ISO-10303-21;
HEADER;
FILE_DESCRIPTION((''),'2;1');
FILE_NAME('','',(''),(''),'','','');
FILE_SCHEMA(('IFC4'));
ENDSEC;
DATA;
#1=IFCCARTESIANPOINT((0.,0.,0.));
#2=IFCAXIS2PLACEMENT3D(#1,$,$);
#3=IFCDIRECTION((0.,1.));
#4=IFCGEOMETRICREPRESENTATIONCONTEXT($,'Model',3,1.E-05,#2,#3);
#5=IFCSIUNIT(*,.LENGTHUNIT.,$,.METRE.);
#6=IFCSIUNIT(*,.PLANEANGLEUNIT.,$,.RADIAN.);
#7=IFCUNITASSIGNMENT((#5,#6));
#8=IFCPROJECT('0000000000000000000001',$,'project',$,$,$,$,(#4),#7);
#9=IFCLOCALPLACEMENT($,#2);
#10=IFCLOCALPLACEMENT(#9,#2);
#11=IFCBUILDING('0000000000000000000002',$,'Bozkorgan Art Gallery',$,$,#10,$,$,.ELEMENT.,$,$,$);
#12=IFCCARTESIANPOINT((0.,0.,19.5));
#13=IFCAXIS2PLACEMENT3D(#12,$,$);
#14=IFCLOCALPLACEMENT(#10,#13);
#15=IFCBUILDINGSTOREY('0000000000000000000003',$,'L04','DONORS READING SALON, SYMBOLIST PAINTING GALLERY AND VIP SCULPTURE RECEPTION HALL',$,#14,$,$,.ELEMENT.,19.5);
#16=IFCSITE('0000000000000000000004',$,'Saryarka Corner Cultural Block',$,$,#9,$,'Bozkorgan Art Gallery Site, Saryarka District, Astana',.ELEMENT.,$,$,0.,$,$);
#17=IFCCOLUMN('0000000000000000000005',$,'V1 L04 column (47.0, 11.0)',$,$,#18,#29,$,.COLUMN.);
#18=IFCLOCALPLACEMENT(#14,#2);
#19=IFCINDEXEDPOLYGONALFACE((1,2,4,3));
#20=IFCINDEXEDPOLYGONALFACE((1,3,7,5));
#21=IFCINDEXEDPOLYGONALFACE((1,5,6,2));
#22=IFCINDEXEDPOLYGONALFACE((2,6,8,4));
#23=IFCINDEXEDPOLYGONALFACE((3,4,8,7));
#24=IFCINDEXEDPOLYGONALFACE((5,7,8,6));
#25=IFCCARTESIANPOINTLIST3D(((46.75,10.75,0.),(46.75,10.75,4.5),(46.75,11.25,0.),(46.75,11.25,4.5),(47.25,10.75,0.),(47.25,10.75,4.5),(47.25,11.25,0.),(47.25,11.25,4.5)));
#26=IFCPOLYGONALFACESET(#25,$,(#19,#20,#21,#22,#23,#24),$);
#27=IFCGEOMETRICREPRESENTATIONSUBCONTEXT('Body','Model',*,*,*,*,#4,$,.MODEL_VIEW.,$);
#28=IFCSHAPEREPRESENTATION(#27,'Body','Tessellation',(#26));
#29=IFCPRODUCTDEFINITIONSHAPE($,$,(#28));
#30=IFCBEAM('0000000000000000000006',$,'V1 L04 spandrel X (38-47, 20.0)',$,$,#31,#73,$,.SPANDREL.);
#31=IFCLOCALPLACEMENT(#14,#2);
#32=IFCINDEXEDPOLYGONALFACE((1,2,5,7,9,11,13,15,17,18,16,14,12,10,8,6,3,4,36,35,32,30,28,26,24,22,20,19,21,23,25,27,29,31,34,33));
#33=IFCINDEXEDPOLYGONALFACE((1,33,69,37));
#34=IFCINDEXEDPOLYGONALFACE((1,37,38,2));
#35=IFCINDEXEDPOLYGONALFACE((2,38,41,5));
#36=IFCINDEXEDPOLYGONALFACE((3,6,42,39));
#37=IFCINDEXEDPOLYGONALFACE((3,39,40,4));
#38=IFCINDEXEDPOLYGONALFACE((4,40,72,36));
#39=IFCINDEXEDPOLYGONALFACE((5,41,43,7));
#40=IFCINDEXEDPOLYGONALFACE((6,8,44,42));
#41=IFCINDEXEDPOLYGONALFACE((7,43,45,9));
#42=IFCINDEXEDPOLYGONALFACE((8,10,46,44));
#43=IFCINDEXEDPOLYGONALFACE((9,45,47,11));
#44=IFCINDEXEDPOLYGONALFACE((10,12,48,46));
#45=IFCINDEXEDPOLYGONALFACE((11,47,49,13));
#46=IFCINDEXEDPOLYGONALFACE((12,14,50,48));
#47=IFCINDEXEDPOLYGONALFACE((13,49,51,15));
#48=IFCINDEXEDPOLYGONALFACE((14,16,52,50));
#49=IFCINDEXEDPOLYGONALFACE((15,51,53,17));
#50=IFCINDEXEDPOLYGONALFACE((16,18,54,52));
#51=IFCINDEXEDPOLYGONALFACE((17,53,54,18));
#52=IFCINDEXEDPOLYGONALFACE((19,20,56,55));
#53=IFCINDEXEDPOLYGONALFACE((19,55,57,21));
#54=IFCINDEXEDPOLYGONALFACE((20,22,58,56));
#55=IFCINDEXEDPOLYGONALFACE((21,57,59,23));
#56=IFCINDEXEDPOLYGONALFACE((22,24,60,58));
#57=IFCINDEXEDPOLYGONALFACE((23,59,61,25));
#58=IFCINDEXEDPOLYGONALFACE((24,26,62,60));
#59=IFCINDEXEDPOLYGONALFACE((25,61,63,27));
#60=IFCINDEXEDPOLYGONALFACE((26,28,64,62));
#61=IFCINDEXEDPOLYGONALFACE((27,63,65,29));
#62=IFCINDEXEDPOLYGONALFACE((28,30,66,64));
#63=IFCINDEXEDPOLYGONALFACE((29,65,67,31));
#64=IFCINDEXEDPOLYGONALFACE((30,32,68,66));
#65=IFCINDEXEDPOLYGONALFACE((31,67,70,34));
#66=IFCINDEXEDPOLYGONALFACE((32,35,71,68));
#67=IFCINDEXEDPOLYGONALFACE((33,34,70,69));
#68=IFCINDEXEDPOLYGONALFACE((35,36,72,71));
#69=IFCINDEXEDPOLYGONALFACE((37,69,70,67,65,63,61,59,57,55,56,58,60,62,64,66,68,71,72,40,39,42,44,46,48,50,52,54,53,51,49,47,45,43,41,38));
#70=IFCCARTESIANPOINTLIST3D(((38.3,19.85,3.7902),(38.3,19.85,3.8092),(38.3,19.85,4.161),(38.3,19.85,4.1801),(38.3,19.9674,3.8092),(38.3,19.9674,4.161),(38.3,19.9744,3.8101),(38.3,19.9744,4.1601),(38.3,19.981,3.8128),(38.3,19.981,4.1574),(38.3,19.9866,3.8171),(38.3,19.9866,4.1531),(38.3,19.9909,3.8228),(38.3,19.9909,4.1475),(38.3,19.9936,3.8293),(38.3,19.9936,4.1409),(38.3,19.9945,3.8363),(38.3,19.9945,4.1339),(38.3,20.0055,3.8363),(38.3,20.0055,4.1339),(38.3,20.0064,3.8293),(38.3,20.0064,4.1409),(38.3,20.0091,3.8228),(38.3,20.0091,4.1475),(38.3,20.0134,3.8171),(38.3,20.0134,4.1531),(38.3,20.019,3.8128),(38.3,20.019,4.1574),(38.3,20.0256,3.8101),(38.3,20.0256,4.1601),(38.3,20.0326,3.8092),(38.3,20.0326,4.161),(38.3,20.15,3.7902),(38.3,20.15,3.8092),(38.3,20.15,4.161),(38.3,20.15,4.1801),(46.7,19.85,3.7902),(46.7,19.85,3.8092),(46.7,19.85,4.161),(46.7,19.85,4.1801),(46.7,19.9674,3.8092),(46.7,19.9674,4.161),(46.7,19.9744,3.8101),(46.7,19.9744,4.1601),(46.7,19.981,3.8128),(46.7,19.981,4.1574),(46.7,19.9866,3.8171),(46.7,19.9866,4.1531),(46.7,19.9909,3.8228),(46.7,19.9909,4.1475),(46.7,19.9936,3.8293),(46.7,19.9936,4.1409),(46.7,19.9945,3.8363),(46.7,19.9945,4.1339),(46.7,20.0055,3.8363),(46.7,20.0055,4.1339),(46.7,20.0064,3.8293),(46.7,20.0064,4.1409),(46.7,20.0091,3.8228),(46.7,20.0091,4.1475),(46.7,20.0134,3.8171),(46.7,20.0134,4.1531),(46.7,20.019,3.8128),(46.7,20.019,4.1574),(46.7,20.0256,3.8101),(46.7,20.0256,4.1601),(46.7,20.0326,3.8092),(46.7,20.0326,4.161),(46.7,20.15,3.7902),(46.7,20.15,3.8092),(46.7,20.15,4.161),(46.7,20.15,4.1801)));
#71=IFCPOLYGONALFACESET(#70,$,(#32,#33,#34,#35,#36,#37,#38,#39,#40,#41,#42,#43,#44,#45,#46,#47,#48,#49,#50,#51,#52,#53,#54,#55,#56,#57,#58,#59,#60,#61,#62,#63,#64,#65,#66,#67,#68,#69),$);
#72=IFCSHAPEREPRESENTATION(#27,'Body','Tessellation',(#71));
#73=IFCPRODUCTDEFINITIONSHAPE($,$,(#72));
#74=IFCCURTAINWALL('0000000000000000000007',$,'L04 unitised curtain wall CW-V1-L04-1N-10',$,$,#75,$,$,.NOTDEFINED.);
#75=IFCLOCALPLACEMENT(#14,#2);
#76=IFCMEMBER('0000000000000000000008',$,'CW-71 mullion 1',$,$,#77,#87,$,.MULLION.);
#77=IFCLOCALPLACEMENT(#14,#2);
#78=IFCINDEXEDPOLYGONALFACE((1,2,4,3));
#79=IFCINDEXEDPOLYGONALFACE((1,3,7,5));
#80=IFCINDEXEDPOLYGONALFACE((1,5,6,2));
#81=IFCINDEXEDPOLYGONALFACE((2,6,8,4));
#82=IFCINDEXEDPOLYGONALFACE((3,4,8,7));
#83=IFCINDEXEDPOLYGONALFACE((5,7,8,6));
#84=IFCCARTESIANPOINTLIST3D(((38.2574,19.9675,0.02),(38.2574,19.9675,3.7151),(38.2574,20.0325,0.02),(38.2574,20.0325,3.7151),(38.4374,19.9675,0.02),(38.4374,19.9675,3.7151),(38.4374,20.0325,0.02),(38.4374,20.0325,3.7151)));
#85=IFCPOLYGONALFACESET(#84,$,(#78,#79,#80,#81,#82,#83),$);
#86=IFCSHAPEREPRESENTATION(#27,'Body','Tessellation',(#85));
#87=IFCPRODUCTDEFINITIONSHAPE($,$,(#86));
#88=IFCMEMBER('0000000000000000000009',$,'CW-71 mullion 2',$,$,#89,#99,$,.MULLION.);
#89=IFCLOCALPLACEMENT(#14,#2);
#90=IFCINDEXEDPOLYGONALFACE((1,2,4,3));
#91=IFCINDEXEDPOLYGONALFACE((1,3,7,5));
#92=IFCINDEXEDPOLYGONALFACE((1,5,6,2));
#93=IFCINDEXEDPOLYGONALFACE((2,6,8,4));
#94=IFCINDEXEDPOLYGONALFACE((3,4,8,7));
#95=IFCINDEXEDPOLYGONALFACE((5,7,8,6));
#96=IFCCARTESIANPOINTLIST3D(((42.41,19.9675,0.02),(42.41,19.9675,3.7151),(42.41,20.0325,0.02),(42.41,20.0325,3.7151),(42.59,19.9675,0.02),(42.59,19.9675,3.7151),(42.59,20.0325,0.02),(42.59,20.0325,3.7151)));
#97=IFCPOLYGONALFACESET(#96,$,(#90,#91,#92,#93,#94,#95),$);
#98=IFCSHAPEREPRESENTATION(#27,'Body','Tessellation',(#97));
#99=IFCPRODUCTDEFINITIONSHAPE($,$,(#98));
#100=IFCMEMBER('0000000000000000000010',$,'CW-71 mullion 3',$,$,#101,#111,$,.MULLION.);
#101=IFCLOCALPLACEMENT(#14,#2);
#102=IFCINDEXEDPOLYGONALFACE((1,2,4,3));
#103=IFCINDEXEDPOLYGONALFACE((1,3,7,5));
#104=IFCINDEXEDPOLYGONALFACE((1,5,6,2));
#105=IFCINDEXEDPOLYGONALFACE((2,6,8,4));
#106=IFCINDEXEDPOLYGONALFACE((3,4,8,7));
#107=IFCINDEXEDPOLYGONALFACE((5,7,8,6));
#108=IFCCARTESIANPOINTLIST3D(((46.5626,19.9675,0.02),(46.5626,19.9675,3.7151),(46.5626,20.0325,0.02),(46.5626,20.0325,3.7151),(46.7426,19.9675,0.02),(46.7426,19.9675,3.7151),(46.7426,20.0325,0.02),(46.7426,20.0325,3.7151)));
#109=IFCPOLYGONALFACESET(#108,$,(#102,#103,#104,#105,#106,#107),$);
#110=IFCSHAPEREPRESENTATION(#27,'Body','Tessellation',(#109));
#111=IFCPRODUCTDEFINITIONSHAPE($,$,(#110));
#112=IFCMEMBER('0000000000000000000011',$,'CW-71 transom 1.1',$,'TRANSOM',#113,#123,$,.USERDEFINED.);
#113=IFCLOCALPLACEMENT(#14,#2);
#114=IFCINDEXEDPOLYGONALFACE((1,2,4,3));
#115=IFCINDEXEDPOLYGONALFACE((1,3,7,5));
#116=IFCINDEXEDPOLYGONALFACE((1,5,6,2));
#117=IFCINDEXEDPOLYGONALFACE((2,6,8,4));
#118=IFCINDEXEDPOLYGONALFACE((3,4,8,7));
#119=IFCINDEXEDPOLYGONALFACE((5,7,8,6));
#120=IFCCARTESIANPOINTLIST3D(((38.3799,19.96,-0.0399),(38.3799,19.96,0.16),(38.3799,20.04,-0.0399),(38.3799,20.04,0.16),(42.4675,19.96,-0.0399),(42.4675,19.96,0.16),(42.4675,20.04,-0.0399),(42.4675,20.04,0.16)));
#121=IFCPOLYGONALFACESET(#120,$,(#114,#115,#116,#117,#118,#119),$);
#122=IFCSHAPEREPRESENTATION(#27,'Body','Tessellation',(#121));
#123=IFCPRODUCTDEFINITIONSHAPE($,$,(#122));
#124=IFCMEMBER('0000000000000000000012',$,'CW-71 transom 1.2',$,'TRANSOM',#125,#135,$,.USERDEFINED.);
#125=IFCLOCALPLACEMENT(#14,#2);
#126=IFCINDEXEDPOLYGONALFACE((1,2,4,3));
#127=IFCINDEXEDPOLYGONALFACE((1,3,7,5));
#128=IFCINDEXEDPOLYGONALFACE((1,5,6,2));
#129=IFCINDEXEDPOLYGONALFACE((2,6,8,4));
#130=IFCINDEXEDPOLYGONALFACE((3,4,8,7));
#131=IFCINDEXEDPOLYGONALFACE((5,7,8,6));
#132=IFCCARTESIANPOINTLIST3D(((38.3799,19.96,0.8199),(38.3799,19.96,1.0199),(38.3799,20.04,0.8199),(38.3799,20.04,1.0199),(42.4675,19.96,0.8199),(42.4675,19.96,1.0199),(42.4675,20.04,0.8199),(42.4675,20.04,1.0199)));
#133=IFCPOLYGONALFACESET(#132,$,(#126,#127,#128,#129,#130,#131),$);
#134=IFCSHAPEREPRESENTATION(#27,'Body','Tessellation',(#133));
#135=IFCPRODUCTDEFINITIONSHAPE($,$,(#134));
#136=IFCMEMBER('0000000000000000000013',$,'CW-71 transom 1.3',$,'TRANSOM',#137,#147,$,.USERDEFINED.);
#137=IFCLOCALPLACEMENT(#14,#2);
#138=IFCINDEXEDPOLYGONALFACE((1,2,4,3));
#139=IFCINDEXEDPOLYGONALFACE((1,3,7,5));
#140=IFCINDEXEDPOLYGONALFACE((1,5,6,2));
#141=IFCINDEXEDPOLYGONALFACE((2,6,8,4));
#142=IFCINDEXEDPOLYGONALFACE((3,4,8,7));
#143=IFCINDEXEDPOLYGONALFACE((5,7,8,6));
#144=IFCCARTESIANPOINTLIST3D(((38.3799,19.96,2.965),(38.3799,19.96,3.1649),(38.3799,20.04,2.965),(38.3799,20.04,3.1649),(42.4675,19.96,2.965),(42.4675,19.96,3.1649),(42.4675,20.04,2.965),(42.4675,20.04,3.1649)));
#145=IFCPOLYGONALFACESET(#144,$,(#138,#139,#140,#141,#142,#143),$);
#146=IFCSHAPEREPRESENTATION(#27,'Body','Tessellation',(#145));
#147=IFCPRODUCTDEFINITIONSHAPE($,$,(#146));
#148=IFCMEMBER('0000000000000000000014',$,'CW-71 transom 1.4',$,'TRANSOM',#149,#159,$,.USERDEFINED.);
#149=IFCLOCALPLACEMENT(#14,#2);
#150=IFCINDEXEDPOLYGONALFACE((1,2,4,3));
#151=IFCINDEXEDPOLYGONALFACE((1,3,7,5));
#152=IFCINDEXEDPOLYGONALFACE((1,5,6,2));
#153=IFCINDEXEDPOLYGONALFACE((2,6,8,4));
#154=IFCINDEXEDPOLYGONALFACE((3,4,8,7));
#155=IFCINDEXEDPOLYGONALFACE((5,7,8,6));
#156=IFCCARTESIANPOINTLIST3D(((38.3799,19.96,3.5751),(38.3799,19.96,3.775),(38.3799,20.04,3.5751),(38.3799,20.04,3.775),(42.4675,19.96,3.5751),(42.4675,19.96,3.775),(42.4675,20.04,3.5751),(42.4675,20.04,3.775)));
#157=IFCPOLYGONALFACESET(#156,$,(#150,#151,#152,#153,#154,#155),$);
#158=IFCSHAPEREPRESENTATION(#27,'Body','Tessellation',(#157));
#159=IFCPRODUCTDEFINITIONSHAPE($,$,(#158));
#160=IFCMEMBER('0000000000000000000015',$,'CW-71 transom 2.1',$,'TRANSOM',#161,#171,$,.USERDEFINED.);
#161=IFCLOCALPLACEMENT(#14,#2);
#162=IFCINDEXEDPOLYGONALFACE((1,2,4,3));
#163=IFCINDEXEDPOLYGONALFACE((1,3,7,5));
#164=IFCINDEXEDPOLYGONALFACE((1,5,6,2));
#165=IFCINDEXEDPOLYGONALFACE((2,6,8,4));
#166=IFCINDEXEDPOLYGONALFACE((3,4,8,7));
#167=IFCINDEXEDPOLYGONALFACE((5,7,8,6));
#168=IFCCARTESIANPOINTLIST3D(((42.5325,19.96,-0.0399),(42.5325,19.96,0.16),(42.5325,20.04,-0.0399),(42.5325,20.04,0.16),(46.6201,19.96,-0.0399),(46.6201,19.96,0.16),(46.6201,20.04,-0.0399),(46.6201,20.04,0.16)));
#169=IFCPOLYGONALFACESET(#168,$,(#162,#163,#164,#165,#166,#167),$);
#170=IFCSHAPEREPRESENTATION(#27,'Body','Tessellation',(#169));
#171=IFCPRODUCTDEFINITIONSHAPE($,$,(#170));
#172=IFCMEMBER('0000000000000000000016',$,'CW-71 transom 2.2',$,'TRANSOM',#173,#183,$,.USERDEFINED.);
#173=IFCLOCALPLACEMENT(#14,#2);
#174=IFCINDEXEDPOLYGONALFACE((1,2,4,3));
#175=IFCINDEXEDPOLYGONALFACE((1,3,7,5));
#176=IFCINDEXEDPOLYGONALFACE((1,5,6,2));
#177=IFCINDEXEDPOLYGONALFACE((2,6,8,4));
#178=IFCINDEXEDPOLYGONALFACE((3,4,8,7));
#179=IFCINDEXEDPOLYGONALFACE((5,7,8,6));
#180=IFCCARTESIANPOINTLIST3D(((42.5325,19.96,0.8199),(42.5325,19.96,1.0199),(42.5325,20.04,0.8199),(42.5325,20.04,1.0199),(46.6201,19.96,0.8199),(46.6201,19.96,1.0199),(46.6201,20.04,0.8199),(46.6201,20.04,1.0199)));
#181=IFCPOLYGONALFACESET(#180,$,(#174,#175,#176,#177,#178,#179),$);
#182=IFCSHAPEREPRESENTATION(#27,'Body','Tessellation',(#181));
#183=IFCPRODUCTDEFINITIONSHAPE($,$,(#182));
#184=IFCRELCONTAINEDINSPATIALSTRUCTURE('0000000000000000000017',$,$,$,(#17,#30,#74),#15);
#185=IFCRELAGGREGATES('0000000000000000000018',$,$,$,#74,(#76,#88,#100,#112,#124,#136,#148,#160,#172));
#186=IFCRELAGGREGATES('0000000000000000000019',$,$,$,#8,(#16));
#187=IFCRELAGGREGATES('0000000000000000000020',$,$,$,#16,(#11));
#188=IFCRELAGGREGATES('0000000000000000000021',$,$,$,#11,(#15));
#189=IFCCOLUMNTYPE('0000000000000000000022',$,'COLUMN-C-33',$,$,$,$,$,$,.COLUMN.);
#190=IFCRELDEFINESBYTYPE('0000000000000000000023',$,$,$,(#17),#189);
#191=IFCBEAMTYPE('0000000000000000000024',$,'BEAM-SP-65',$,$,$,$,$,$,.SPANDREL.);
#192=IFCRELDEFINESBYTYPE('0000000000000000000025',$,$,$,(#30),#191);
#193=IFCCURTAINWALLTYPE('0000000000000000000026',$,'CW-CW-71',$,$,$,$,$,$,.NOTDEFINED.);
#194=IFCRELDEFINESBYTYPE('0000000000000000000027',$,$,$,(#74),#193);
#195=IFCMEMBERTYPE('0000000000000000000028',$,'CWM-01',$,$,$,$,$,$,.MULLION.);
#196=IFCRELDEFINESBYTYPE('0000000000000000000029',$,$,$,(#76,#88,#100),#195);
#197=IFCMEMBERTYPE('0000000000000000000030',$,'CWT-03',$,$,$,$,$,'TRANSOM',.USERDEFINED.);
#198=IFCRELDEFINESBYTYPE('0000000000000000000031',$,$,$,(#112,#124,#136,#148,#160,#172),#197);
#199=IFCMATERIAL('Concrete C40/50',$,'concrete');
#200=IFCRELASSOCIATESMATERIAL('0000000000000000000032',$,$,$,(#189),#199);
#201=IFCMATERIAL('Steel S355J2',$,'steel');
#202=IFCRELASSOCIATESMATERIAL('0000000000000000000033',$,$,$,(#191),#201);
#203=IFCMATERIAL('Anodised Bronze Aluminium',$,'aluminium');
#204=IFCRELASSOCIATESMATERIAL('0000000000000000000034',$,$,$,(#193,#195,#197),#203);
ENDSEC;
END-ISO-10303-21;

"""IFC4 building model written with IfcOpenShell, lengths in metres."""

from ifc_helpers import new_model, si_unit, direction, frame, origin, origin_2d, place, context, subcontext, project, spatial, rectangle, i_section, extrude, material, material_profile, profile_set, type_object, element, aggregate, save


model = new_model("IFC4")

# Units and contexts
model_context = context("Model", 3, precision=1e-05, world=origin(), true_north=direction((0.0, 1.0)))
body_context = subcontext(model_context, "Body", "Model", "MODEL_VIEW")
ifc_project = project(units=[si_unit("LENGTHUNIT", "METRE"), si_unit("PLANEANGLEUNIT", "RADIAN")], contexts=[model_context])

# Site, building, storey
site_placement = place(None, origin())
site = spatial("IfcSite", under=ifc_project, at=site_placement, Name="Saryarka Corner Cultural Block", LongName="Bozkorgan Art Gallery Site, Saryarka District, Astana", CompositionType="ELEMENT", RefElevation=0.0)
building_placement = place(site_placement, origin())
building = spatial("IfcBuilding", under=site, at=building_placement, Name="Bozkorgan Art Gallery", CompositionType="ELEMENT")
storey_placement = place(building_placement, frame((0.0, 0.0, 19.5)))
storey = spatial("IfcBuildingStorey", under=building, at=storey_placement, Name="L04", Description="DONORS READING SALON, SYMBOLIST PAINTING GALLERY AND VIP SCULPTURE RECEPTION HALL", CompositionType="ELEMENT", Elevation=19.5)

# Column
ifc_material_1 = material(Name="Concrete C40/50", Category="concrete")
ifc_material_profile_1 = material_profile(ifc_material_1, rectangle(XDim=0.5, YDim=0.5, at=origin_2d()), Name="RC 500x500")
ifc_profile_set_1 = profile_set([ifc_material_profile_1], Name="Concrete C40/50")
column_type = type_object("IfcColumnType", Name="COLUMN-C-33", PredefinedType="COLUMN", material=ifc_profile_set_1)
column_placement = place(storey_placement, frame((47.0, 11.0, 0.0), z_axis=(0.0, 0.0, 1.0), x_axis=(1.0, 0.0, 0.0)))
element("IfcColumn", 1, at=column_placement, inside=storey, type_object=column_type, Name="V1 L04 column (47.0, 11.0)", PredefinedType="COLUMN", context=body_context, shape_type="SweptSolid", body=[
    extrude(rectangle(XDim=0.5, YDim=0.5, at=origin_2d()), origin(), (0.0, 0.0, 1.0), 4.5),
])

# Beam
ifc_material_2 = material(Name="Steel S355J2", Category="steel")
ifc_material_profile_2 = material_profile(ifc_material_2, i_section(OverallWidth=0.3, OverallDepth=0.3899, WebThickness=0.011, FlangeThickness=0.019, FilletRadius=0.0271, at=origin_2d()), Name="HEA 400")
ifc_profile_set_2 = profile_set([ifc_material_profile_2], Name="Steel S355J2")
beam_type = type_object("IfcBeamType", Name="BEAM-SP-65", PredefinedType="SPANDREL", material=ifc_profile_set_2)
beam_placement = place(storey_placement, frame((38.3, 20.0, 3.9851), z_axis=(1.0, 0.0, 0.0), x_axis=(0.0, 1.0, 0.0)))
element("IfcBeam", 2, at=beam_placement, inside=storey, type_object=beam_type, Name="V1 L04 spandrel X (38-47, 20.0)", PredefinedType="SPANDREL", context=body_context, shape_type="SweptSolid", body=[
    extrude(i_section(OverallWidth=0.3, OverallDepth=0.3899, WebThickness=0.011, FlangeThickness=0.019, FilletRadius=0.0271, at=origin_2d()), origin(), (0.0, 0.0, 1.0), 8.3999),
])

# Curtain wall, members
ifc_material_3 = material(Name="Anodised Bronze Aluminium", Category="aluminium")
curtain_wall_type = type_object("IfcCurtainWallType", Name="CW-CW-71", PredefinedType="NOTDEFINED", material=ifc_material_3)
curtain_wall_placement = place(storey_placement, origin())
curtain_wall = element("IfcCurtainWall", 3, at=curtain_wall_placement, inside=storey, type_object=curtain_wall_type, Name="L04 unitised curtain wall CW-V1-L04-1N-10", PredefinedType="NOTDEFINED")
ifc_material_profile_3 = material_profile(ifc_material_3, rectangle(XDim=0.0649, YDim=0.1799, at=origin_2d()), Name="ALU MULLION 65x180")
ifc_profile_set_3 = profile_set([ifc_material_profile_3], Name="Anodised Bronze Aluminium")
member_type_1 = type_object("IfcMemberType", Name="CWM-01", PredefinedType="MULLION", material=ifc_profile_set_3)
member_1_placement = place(storey_placement, frame((38.3474, 20.0, 0.02), z_axis=(0.0, 0.0, 1.0), x_axis=(0.0, 1.0, 0.0)))
member_1 = element("IfcMember", 4, at=member_1_placement, type_object=member_type_1, Name="CW-71 mullion 1", PredefinedType="MULLION", context=body_context, shape_type="SweptSolid", body=[
    extrude(rectangle(XDim=0.0649, YDim=0.1799, at=origin_2d()), origin(), (0.0, 0.0, 1.0), 3.6951),
])
member_2_placement = place(storey_placement, frame((42.5, 20.0, 0.02), z_axis=(0.0, 0.0, 1.0), x_axis=(0.0, 1.0, 0.0)))
member_2 = element("IfcMember", 5, at=member_2_placement, type_object=member_type_1, Name="CW-71 mullion 2", PredefinedType="MULLION", context=body_context, shape_type="SweptSolid", body=[
    extrude(rectangle(XDim=0.0649, YDim=0.1799, at=origin_2d()), origin(), (0.0, 0.0, 1.0), 3.6951),
])
member_3_placement = place(storey_placement, frame((46.6526, 20.0, 0.02), z_axis=(0.0, 0.0, 1.0), x_axis=(0.0, 1.0, 0.0)))
member_3 = element("IfcMember", 6, at=member_3_placement, type_object=member_type_1, Name="CW-71 mullion 3", PredefinedType="MULLION", context=body_context, shape_type="SweptSolid", body=[
    extrude(rectangle(XDim=0.0649, YDim=0.1799, at=origin_2d()), origin(), (0.0, 0.0, 1.0), 3.6951),
])
ifc_material_profile_4 = material_profile(ifc_material_3, rectangle(XDim=0.0801, YDim=0.2, at=origin_2d()), Name="ALU TRANSOM 80x200")
ifc_profile_set_4 = profile_set([ifc_material_profile_4], Name="Anodised Bronze Aluminium")
member_type_2 = type_object("IfcMemberType", Name="CWT-03", ElementType="TRANSOM", PredefinedType="USERDEFINED", material=ifc_profile_set_4)
member_4_placement = place(storey_placement, frame((38.3799, 20.0, 0.0601), z_axis=(1.0, 0.0, 0.0), x_axis=(0.0, 1.0, 0.0)))
member_4 = element("IfcMember", 7, at=member_4_placement, type_object=member_type_2, Name="CW-71 transom 1.1", ObjectType="TRANSOM", PredefinedType="USERDEFINED", context=body_context, shape_type="SweptSolid", body=[
    extrude(rectangle(XDim=0.0801, YDim=0.2, at=origin_2d()), origin(), (0.0, 0.0, 1.0), 4.0876),
])
member_5_placement = place(storey_placement, frame((38.3799, 20.0, 0.9199), z_axis=(1.0, 0.0, 0.0), x_axis=(0.0, 1.0, 0.0)))
member_5 = element("IfcMember", 8, at=member_5_placement, type_object=member_type_2, Name="CW-71 transom 1.2", ObjectType="TRANSOM", PredefinedType="USERDEFINED", context=body_context, shape_type="SweptSolid", body=[
    extrude(rectangle(XDim=0.0801, YDim=0.2, at=origin_2d()), origin(), (0.0, 0.0, 1.0), 4.0876),
])
member_6_placement = place(storey_placement, frame((38.3799, 20.0, 3.0649), z_axis=(1.0, 0.0, 0.0), x_axis=(0.0, 1.0, 0.0)))
member_6 = element("IfcMember", 9, at=member_6_placement, type_object=member_type_2, Name="CW-71 transom 1.3", ObjectType="TRANSOM", PredefinedType="USERDEFINED", context=body_context, shape_type="SweptSolid", body=[
    extrude(rectangle(XDim=0.0801, YDim=0.2, at=origin_2d()), origin(), (0.0, 0.0, 1.0), 4.0876),
])
member_7_placement = place(storey_placement, frame((38.3799, 20.0, 3.675), z_axis=(1.0, 0.0, 0.0), x_axis=(0.0, 1.0, 0.0)))
member_7 = element("IfcMember", 10, at=member_7_placement, type_object=member_type_2, Name="CW-71 transom 1.4", ObjectType="TRANSOM", PredefinedType="USERDEFINED", context=body_context, shape_type="SweptSolid", body=[
    extrude(rectangle(XDim=0.0801, YDim=0.2, at=origin_2d()), origin(), (0.0, 0.0, 1.0), 4.0876),
])
member_8_placement = place(storey_placement, frame((42.5325, 20.0, 0.0601), z_axis=(1.0, 0.0, 0.0), x_axis=(0.0, 1.0, 0.0)))
member_8 = element("IfcMember", 11, at=member_8_placement, type_object=member_type_2, Name="CW-71 transom 2.1", ObjectType="TRANSOM", PredefinedType="USERDEFINED", context=body_context, shape_type="SweptSolid", body=[
    extrude(rectangle(XDim=0.0801, YDim=0.2, at=origin_2d()), origin(), (0.0, 0.0, 1.0), 4.0876),
])
member_9_placement = place(storey_placement, frame((42.5325, 20.0, 0.9199), z_axis=(1.0, 0.0, 0.0), x_axis=(0.0, 1.0, 0.0)))
member_9 = element("IfcMember", 12, at=member_9_placement, type_object=member_type_2, Name="CW-71 transom 2.2", ObjectType="TRANSOM", PredefinedType="USERDEFINED", context=body_context, shape_type="SweptSolid", body=[
    extrude(rectangle(XDim=0.0801, YDim=0.2, at=origin_2d()), origin(), (0.0, 0.0, 1.0), 4.0876),
])
aggregate(curtain_wall, [member_1, member_2, member_3, member_4, member_5, member_6, member_7, member_8, member_9])

save(model, "model.ifc")
